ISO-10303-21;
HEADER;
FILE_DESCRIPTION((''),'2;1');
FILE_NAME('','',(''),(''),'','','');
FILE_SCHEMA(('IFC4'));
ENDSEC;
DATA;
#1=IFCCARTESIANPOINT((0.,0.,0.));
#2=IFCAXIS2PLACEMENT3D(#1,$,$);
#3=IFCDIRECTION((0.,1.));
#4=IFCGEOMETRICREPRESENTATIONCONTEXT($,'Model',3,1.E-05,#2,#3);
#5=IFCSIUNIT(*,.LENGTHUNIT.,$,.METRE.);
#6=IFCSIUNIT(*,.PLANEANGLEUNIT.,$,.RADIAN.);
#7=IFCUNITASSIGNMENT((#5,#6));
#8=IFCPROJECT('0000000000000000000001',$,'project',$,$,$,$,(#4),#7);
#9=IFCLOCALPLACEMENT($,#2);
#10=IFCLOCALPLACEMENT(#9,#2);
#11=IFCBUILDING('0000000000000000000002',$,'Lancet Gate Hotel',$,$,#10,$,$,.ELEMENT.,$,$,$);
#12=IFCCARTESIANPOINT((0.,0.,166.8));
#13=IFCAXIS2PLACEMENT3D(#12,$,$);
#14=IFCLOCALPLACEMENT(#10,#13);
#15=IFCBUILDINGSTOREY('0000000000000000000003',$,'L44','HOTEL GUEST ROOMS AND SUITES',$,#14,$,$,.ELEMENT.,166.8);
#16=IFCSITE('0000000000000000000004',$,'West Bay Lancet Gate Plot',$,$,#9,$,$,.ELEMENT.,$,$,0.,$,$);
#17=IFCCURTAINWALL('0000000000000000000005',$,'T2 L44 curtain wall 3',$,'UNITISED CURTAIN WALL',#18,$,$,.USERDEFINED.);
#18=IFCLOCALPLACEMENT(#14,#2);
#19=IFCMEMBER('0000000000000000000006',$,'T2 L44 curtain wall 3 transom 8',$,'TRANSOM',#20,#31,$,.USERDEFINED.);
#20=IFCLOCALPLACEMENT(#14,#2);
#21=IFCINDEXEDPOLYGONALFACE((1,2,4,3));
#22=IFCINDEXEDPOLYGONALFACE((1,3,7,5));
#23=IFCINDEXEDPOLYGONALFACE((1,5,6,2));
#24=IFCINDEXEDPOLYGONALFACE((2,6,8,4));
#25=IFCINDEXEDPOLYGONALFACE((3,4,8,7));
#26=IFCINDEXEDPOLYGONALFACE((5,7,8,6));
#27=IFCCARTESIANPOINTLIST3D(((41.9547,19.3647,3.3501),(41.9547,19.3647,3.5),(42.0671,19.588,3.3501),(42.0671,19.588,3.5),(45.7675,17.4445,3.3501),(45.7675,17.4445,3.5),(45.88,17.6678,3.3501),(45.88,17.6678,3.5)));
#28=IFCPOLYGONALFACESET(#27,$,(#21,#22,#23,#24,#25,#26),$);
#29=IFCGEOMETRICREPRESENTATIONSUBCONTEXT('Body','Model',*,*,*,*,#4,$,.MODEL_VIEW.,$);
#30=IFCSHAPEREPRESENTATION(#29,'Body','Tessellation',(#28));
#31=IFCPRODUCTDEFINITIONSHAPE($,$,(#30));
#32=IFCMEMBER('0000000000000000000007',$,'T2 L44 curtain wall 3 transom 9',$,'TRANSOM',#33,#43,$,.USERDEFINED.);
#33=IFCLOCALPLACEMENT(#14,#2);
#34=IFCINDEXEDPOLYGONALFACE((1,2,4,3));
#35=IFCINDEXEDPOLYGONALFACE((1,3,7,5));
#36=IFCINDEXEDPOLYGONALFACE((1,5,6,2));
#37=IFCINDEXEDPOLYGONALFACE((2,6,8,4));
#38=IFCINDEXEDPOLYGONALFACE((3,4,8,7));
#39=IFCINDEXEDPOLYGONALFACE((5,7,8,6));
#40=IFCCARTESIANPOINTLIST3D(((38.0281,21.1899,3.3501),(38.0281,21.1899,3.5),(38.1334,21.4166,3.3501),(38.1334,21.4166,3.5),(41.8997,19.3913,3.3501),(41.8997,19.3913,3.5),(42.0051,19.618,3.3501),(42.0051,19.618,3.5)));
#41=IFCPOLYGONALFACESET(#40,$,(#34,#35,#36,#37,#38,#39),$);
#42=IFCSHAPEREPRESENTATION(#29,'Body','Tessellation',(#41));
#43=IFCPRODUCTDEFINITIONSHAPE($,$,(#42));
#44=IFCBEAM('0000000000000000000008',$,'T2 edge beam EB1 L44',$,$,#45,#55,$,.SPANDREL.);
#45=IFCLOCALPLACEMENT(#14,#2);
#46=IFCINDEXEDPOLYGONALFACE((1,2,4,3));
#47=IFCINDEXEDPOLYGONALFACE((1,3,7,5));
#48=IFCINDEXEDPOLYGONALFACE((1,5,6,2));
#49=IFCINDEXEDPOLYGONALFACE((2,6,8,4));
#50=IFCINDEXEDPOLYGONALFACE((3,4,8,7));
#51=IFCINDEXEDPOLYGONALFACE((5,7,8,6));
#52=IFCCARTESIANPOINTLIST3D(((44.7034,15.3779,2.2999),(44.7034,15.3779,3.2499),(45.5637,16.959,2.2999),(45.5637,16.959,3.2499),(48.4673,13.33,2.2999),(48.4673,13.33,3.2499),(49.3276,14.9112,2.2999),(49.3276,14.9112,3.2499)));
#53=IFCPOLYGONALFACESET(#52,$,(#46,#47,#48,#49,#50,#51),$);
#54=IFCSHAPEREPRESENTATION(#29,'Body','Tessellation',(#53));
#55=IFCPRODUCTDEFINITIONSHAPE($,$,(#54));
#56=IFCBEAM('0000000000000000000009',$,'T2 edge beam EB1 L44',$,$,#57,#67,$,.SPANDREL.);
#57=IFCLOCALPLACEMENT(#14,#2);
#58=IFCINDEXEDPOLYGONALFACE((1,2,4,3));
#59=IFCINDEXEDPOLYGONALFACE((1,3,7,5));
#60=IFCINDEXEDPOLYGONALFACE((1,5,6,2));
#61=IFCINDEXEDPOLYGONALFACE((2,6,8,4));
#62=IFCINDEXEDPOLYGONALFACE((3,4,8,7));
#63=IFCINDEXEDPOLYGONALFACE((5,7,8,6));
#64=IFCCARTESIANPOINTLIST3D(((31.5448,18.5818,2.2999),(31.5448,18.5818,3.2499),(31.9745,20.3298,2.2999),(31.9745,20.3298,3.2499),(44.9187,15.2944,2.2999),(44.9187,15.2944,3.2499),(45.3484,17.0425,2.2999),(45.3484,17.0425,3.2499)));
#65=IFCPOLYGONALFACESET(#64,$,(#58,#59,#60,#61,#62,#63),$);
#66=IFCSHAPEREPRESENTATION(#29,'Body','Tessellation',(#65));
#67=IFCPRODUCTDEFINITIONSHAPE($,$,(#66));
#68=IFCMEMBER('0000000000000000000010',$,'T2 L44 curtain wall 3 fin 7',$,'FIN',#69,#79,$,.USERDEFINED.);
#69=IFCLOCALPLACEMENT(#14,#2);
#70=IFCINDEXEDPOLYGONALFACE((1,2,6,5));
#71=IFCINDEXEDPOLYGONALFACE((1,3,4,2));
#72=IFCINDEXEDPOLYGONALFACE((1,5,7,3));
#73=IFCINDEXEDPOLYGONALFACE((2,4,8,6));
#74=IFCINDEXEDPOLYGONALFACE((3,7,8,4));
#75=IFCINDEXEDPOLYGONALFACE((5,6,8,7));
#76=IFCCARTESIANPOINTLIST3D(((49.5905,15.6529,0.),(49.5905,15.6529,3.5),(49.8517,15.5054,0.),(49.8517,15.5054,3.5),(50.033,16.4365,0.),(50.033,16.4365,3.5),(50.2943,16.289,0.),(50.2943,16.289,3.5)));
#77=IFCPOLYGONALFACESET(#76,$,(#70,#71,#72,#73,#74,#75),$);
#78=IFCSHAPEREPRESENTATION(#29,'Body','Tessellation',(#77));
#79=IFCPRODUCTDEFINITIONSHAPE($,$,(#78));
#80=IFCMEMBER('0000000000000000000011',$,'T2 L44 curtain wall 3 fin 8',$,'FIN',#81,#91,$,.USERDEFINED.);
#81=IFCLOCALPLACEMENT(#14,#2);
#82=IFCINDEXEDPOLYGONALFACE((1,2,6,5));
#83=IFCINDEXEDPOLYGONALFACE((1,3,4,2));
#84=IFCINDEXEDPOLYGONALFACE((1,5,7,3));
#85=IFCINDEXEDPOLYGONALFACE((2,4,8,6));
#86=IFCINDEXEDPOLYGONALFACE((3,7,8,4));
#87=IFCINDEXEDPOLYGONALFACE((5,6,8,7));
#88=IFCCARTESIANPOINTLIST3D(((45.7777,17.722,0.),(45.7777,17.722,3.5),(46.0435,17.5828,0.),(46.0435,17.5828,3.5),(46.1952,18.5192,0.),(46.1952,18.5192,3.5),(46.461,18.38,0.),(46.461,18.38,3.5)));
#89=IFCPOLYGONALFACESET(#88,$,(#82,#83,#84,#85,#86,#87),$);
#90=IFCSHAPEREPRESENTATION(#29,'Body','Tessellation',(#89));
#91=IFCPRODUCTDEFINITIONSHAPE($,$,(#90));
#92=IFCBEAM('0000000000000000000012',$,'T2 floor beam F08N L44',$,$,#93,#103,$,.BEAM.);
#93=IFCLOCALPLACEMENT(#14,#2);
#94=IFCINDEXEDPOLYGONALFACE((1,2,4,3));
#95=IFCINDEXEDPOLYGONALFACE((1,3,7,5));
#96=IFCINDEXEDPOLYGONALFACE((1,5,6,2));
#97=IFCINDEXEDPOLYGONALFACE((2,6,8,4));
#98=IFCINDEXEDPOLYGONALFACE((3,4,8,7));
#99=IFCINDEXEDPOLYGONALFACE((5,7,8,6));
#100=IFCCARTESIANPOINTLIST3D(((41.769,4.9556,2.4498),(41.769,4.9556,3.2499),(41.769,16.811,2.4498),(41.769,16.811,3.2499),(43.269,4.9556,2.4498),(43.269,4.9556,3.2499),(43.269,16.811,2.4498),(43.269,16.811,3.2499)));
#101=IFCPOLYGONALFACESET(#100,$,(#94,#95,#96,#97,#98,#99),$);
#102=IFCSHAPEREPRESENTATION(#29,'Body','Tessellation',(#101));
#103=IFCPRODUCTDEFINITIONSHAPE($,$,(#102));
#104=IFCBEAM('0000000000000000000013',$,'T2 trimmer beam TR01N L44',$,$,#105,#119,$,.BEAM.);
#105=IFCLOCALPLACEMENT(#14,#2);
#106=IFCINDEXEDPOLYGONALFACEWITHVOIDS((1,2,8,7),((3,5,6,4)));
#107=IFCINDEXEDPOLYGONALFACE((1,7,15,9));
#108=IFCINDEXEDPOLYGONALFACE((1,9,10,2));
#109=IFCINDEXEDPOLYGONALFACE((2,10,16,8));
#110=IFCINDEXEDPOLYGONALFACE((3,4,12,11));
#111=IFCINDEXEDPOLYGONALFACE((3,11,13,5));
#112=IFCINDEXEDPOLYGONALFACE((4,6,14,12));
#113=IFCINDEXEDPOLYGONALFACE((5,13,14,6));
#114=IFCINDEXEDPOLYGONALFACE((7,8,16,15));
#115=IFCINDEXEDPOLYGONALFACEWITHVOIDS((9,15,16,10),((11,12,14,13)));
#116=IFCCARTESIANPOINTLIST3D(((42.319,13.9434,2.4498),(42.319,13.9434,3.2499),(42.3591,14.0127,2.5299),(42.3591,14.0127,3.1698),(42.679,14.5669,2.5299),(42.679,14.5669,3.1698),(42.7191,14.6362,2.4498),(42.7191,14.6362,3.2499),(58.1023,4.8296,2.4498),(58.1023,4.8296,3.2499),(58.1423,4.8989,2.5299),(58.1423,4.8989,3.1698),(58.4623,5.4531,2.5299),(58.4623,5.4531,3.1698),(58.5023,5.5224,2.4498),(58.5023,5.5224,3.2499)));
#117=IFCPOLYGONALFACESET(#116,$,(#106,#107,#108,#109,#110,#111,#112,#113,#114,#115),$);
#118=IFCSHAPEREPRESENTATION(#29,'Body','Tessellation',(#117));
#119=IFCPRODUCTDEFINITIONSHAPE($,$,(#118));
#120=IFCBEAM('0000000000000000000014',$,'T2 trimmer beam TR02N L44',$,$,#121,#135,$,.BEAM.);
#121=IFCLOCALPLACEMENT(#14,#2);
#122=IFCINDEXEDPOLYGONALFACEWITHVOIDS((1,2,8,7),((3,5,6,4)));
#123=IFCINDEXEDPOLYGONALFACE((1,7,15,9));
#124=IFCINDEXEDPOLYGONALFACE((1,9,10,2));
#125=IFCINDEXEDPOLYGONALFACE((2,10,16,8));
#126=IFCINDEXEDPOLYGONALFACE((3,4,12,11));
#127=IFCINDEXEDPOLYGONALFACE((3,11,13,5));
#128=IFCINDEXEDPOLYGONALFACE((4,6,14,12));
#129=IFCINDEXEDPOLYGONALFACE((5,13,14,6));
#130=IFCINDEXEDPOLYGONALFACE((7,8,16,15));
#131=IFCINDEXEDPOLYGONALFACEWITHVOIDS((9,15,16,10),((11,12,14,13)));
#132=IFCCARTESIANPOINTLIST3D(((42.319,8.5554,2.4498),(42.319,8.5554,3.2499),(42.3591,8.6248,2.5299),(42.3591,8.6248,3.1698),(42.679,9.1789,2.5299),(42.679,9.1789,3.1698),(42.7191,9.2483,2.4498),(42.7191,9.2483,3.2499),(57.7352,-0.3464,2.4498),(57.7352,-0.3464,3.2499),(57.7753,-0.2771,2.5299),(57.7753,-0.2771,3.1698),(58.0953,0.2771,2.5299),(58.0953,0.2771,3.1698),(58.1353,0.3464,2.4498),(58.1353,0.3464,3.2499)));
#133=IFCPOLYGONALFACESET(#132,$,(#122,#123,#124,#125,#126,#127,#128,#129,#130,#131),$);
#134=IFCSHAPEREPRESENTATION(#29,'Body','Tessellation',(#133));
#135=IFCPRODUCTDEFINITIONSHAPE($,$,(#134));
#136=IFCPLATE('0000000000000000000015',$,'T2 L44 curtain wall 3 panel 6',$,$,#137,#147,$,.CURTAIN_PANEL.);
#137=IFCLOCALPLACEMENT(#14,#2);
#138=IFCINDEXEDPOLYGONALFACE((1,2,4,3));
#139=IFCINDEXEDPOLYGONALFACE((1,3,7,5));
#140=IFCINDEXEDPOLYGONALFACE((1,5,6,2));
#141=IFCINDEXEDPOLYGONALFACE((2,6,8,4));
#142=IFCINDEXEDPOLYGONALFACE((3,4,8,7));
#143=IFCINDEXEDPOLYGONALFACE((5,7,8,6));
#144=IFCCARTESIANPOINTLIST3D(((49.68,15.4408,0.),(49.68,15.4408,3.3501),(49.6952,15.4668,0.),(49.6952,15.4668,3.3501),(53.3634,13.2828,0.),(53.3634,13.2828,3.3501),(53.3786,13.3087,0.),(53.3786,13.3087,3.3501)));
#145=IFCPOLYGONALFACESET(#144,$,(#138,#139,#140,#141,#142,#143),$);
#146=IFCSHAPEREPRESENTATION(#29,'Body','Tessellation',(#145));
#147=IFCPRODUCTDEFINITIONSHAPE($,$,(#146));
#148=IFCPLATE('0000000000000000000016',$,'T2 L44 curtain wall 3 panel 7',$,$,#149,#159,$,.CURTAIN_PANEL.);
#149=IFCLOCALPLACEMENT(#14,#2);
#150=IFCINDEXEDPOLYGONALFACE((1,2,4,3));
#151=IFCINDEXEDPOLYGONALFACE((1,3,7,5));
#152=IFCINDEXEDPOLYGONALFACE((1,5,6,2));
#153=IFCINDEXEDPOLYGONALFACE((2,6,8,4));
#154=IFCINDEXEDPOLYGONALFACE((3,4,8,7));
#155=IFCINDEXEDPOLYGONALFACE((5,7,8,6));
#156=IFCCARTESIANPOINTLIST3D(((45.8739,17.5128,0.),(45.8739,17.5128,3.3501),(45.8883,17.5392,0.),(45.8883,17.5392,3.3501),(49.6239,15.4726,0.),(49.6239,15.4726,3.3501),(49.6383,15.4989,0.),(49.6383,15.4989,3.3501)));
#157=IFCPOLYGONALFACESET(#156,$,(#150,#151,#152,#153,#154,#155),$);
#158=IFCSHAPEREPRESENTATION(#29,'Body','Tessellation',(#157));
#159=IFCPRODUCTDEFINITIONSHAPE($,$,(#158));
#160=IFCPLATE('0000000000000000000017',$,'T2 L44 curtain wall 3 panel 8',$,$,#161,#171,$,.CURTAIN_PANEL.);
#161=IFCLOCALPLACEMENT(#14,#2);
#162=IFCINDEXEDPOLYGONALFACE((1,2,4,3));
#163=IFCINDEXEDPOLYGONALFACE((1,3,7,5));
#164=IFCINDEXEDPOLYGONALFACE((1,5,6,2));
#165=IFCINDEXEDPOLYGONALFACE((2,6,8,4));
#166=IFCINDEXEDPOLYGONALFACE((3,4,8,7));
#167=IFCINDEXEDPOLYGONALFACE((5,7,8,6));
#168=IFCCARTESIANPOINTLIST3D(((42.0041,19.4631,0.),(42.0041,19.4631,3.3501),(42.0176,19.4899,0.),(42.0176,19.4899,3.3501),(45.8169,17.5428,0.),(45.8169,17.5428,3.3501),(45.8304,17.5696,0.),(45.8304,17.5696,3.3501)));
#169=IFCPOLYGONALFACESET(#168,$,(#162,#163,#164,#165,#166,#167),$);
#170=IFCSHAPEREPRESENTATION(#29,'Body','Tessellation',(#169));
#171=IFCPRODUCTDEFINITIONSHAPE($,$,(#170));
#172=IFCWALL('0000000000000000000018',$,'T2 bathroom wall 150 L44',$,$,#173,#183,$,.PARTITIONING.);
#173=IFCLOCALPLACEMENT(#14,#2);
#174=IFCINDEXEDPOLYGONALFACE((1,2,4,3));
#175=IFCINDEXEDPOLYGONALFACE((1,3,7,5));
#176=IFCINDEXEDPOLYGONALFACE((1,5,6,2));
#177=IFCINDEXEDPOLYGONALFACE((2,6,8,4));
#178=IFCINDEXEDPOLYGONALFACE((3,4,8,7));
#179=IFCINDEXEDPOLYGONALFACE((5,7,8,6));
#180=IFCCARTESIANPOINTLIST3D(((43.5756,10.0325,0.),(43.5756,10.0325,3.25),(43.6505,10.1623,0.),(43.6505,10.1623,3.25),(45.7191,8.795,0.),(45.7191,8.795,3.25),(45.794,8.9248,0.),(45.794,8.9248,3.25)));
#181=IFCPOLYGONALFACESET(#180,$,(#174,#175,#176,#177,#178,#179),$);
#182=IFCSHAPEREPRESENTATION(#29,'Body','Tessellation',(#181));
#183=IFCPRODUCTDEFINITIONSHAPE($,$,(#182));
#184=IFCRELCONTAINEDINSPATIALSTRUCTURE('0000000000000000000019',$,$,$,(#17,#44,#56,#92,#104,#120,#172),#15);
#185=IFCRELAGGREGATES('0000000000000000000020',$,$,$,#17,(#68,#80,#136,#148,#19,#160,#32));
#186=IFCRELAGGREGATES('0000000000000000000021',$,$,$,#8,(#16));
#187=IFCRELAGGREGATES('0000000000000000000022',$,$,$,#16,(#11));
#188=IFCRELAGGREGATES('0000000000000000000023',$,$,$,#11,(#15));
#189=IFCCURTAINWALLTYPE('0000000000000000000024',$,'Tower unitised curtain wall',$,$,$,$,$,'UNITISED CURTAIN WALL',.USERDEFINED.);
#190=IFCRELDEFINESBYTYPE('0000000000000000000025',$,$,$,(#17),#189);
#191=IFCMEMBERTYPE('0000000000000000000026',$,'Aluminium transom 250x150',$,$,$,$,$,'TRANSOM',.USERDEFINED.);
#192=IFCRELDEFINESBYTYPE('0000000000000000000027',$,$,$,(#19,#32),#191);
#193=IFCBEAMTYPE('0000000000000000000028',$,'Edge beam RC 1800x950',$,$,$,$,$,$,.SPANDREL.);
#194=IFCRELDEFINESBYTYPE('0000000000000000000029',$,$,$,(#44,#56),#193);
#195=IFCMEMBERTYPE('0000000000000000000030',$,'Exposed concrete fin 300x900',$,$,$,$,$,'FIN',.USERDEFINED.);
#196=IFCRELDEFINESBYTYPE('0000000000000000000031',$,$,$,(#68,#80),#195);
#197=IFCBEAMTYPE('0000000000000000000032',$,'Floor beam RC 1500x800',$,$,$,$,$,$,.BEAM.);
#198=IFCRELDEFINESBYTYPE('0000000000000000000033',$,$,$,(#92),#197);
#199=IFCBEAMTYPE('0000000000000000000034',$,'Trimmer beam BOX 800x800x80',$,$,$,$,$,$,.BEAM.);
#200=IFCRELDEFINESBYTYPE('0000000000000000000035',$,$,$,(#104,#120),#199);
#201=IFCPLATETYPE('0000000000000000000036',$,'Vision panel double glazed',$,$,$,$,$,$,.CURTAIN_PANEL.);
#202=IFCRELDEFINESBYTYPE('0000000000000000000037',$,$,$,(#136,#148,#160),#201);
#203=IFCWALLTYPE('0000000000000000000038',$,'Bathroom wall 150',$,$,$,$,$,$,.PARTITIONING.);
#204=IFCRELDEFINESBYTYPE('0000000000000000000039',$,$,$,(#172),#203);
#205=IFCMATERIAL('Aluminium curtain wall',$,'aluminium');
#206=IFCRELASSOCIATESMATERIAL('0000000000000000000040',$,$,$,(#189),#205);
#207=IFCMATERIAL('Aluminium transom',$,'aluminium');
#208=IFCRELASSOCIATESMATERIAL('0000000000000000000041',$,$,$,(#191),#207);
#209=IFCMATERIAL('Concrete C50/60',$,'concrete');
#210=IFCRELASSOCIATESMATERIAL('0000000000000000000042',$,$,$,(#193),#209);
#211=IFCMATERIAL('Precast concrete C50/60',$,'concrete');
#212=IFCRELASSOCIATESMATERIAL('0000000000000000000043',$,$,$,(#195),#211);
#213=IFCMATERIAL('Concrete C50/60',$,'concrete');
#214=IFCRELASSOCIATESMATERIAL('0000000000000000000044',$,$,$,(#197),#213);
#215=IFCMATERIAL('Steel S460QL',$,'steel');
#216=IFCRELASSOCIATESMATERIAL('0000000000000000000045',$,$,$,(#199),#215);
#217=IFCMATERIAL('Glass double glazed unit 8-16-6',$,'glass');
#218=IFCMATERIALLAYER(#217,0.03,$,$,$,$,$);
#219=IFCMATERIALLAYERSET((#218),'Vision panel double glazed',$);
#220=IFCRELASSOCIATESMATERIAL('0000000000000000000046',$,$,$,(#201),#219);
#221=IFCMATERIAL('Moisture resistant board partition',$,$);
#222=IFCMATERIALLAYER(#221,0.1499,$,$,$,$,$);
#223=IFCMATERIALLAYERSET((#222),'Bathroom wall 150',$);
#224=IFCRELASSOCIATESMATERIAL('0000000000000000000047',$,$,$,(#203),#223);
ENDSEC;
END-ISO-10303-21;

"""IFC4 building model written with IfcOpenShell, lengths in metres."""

from ifc_helpers import new_model, si_unit, direction, frame, frame_2d, origin, origin_2d, place, context, subcontext, project, spatial, rectangle, hollow_rectangle, extrude, material, layer, layer_set, material_profile, profile_set, type_object, element, aggregate, save


model = new_model("IFC4")

# Units and contexts
model_context = context("Model", 3, precision=1e-05, world=origin(), true_north=direction((0.0, 1.0)))
body_context = subcontext(model_context, "Body", "Model", "MODEL_VIEW")
ifc_project = project(units=[si_unit("LENGTHUNIT", "METRE"), si_unit("PLANEANGLEUNIT", "RADIAN")], contexts=[model_context])

# Site, building, storey
site_placement = place(None, origin())
site = spatial("IfcSite", under=ifc_project, at=site_placement, Name="West Bay Lancet Gate Plot", CompositionType="ELEMENT", RefElevation=0.0)
building_placement = place(site_placement, origin())
building = spatial("IfcBuilding", under=site, at=building_placement, Name="Lancet Gate Hotel", CompositionType="ELEMENT")
storey_placement = place(building_placement, frame((0.0, 0.0, 166.8)))
storey = spatial("IfcBuildingStorey", under=building, at=storey_placement, Name="L44", Description="HOTEL GUEST ROOMS AND SUITES", CompositionType="ELEMENT", Elevation=166.8)

# Curtain wall, members
ifc_material_1 = material(Name="Aluminium curtain wall", Category="aluminium")
curtain_wall_type = type_object("IfcCurtainWallType", Name="Tower unitised curtain wall", ElementType="UNITISED CURTAIN WALL", PredefinedType="USERDEFINED", material=ifc_material_1)
curtain_wall_placement = place(storey_placement, origin())
curtain_wall = element("IfcCurtainWall", 1, at=curtain_wall_placement, inside=storey, type_object=curtain_wall_type, Name="T2 L44 curtain wall 3", ObjectType="UNITISED CURTAIN WALL", PredefinedType="USERDEFINED")
ifc_material_2 = material(Name="Aluminium transom", Category="aluminium")
ifc_material_profile_1 = material_profile(ifc_material_2, rectangle(XDim=0.25, YDim=0.1499, at=origin_2d()), Name="TRANSOM 250x150")
ifc_profile_set_1 = profile_set([ifc_material_profile_1], Name="Aluminium transom")
member_type_1 = type_object("IfcMemberType", Name="Aluminium transom 250x150", ElementType="TRANSOM", PredefinedType="USERDEFINED", material=ifc_profile_set_1)
member_1_placement = place(storey_placement, frame((45.8237, 17.5562, 3.425), z_axis=(-0.893131, 0.449797, 0.0), x_axis=(-0.449797, -0.893131, 0.0)))
member_1 = element("IfcMember", 2, at=member_1_placement, type_object=member_type_1, Name="T2 L44 curtain wall 3 transom 8", ObjectType="TRANSOM", PredefinedType="USERDEFINED", context=body_context, shape_type="SweptSolid", body=[
    extrude(rectangle(XDim=0.25, YDim=0.1499, at=origin_2d()), origin(), (0.0, 0.0, 1.0), 4.269),
])
member_2_placement = place(storey_placement, frame((41.9524, 19.5046, 3.425), z_axis=(-0.906914, 0.421316, 0.0), x_axis=(-0.421316, -0.906914, 0.0)))
member_2 = element("IfcMember", 3, at=member_2_placement, type_object=member_type_1, Name="T2 L44 curtain wall 3 transom 9", ObjectType="TRANSOM", PredefinedType="USERDEFINED", context=body_context, shape_type="SweptSolid", body=[
    extrude(rectangle(XDim=0.25, YDim=0.1499, at=origin_2d()), origin(), (0.0, 0.0, 1.0), 4.269),
])

# Beams
ifc_material_3 = material(Name="Concrete C50/60", Category="concrete")
ifc_material_profile_2 = material_profile(ifc_material_3, rectangle(XDim=1.8, YDim=0.95, at=origin_2d()), Name="RC 1800x950")
ifc_profile_set_2 = profile_set([ifc_material_profile_2], Name="Concrete C50/60")
beam_type_1 = type_object("IfcBeamType", Name="Edge beam RC 1800x950", PredefinedType="SPANDREL", material=ifc_profile_set_2)
beam_1_placement = place(storey_placement, frame((48.8975, 14.1206, 2.7749), z_axis=(-0.878405, 0.477918, 0.0), x_axis=(-0.477918, -0.878405, 0.0)))
element("IfcBeam", 4, at=beam_1_placement, inside=storey, type_object=beam_type_1, Name="T2 edge beam EB1 L44", PredefinedType="SPANDREL", context=body_context, shape_type="SweptSolid", body=[
    extrude(rectangle(XDim=1.8, YDim=0.95, at=origin_2d()), origin(), (0.0, 0.0, 1.0), 4.2849),
])
beam_2_placement = place(storey_placement, frame((45.1335, 16.1685, 2.7749), z_axis=(-0.971093, 0.2387, 0.0), x_axis=(-0.2387, -0.971093, 0.0)))
element("IfcBeam", 5, at=beam_2_placement, inside=storey, type_object=beam_type_1, Name="T2 edge beam EB1 L44", PredefinedType="SPANDREL", context=body_context, shape_type="SweptSolid", body=[
    extrude(rectangle(XDim=1.8, YDim=0.95, at=origin_2d()), origin(), (0.0, 0.0, 1.0), 13.772),
])

# Members
ifc_material_4 = material(Name="Precast concrete C50/60", Category="concrete")
ifc_material_profile_3 = material_profile(ifc_material_4, rectangle(XDim=0.3, YDim=0.8999, at=origin_2d()), Name="FIN 300x900")
ifc_profile_set_3 = profile_set([ifc_material_profile_3], Name="Precast concrete C50/60")
member_type_2 = type_object("IfcMemberType", Name="Exposed concrete fin 300x900", ElementType="FIN", PredefinedType="USERDEFINED", material=ifc_profile_set_3)
member_3_placement = place(storey_placement, frame((49.9424, 15.9709, 0.0), z_axis=(0.0, 0.0, 1.0), x_axis=(-0.870722, 0.491776, 0.0)))
member_3 = element("IfcMember", 6, at=member_3_placement, type_object=member_type_2, Name="T2 L44 curtain wall 3 fin 7", ObjectType="FIN", PredefinedType="USERDEFINED", context=body_context, shape_type="SweptSolid", body=[
    extrude(rectangle(XDim=0.3, YDim=0.8999, at=origin_2d()), origin(), (0.0, 0.0, 1.0), 3.5),
])
member_4_placement = place(storey_placement, frame((46.1194, 18.051, 0.0), z_axis=(0.0, 0.0, 1.0), x_axis=(-0.885877, 0.46392, 0.0)))
member_4 = element("IfcMember", 7, at=member_4_placement, type_object=member_type_2, Name="T2 L44 curtain wall 3 fin 8", ObjectType="FIN", PredefinedType="USERDEFINED", context=body_context, shape_type="SweptSolid", body=[
    extrude(rectangle(XDim=0.3, YDim=0.8999, at=origin_2d()), origin(), (0.0, 0.0, 1.0), 3.5),
])

# Beams
ifc_material_5 = material(Name="Concrete C50/60", Category="concrete")
ifc_material_profile_4 = material_profile(ifc_material_5, rectangle(XDim=1.5, YDim=0.8, at=origin_2d()), Name="RC 1500x800")
ifc_profile_set_4 = profile_set([ifc_material_profile_4], Name="Concrete C50/60")
beam_type_2 = type_object("IfcBeamType", Name="Floor beam RC 1500x800", PredefinedType="BEAM", material=ifc_profile_set_4)
beam_3_placement = place(storey_placement, frame((42.519, 4.9556, 2.8499), z_axis=(0.0, 1.0, 0.0), x_axis=(-1.0, 0.0, 0.0)))
element("IfcBeam", 8, at=beam_3_placement, inside=storey, type_object=beam_type_2, Name="T2 floor beam F08N L44", PredefinedType="BEAM", context=body_context, shape_type="SweptSolid", body=[
    extrude(rectangle(XDim=1.5, YDim=0.8, at=origin_2d()), origin(), (0.0, 0.0, 1.0), 11.8555),
])
ifc_material_6 = material(Name="Steel S460QL", Category="steel")
ifc_material_profile_5 = material_profile(ifc_material_6, hollow_rectangle(XDim=0.8, YDim=0.8, WallThickness=0.0801, at=origin_2d()), Name="BOX 800x800x80")
ifc_profile_set_5 = profile_set([ifc_material_profile_5], Name="Steel S460QL")
beam_type_3 = type_object("IfcBeamType", Name="Trimmer beam BOX 800x800x80", PredefinedType="BEAM", material=ifc_profile_set_5)
beam_4_placement = place(storey_placement, frame((42.519, 14.2898, 2.8499), z_axis=(0.865994, -0.500055, 0.0), x_axis=(0.500055, 0.865994, 0.0)))
element("IfcBeam", 9, at=beam_4_placement, inside=storey, type_object=beam_type_3, Name="T2 trimmer beam TR01N L44", PredefinedType="BEAM", context=body_context, shape_type="SweptSolid", body=[
    extrude(hollow_rectangle(XDim=0.8, YDim=0.8, WallThickness=0.0801, at=origin_2d()), origin(), (0.0, 0.0, 1.0), 18.2256),
])
beam_5_placement = place(storey_placement, frame((42.519, 8.9019, 2.8499), z_axis=(0.865994, -0.500054, 0.0), x_axis=(0.500054, 0.865994, 0.0)))
element("IfcBeam", 10, at=beam_5_placement, inside=storey, type_object=beam_type_3, Name="T2 trimmer beam TR02N L44", PredefinedType="BEAM", context=body_context, shape_type="SweptSolid", body=[
    extrude(hollow_rectangle(XDim=0.8, YDim=0.8, WallThickness=0.0801, at=origin_2d()), origin(), (0.0, 0.0, 1.0), 17.8018),
])

# Plates
ifc_material_7 = material(Name="Glass double glazed unit 8-16-6", Category="glass")
ifc_layer_1 = layer(ifc_material_7, 0.03)
ifc_layer_set_1 = layer_set([ifc_layer_1], Name="Vision panel double glazed")
plate_type = type_object("IfcPlateType", Name="Vision panel double glazed", PredefinedType="CURTAIN_PANEL", material=ifc_layer_set_1)
plate_1_placement = place(storey_placement, frame((51.5293, 14.3748, 0.0), z_axis=(0.0, 0.0, 1.0), x_axis=(-0.862815, 0.50552, 0.0)))
plate_1 = element("IfcPlate", 11, at=plate_1_placement, type_object=plate_type, Name="T2 L44 curtain wall 3 panel 6", PredefinedType="CURTAIN_PANEL", context=body_context, shape_type="SweptSolid", body=[
    extrude(rectangle(XDim=4.269, YDim=0.03, at=origin_2d()), origin(), (0.0, 0.0, 1.0), 3.3501),
])
plate_2_placement = place(storey_placement, frame((47.7561, 16.5059, 0.0), z_axis=(0.0, 0.0, 1.0), x_axis=(-0.87841, 0.477908, 0.0)))
plate_2 = element("IfcPlate", 12, at=plate_2_placement, type_object=plate_type, Name="T2 L44 curtain wall 3 panel 7", PredefinedType="CURTAIN_PANEL", context=body_context, shape_type="SweptSolid", body=[
    extrude(rectangle(XDim=4.269, YDim=0.03, at=origin_2d()), origin(), (0.0, 0.0, 1.0), 3.3501),
])
plate_3_placement = place(storey_placement, frame((43.9172, 18.5164, 0.0), z_axis=(0.0, 0.0, 1.0), x_axis=(-0.893121, 0.449816, 0.0)))
plate_3 = element("IfcPlate", 13, at=plate_3_placement, type_object=plate_type, Name="T2 L44 curtain wall 3 panel 8", PredefinedType="CURTAIN_PANEL", context=body_context, shape_type="SweptSolid", body=[
    extrude(rectangle(XDim=4.269, YDim=0.03, at=origin_2d()), origin(), (0.0, 0.0, 1.0), 3.3501),
])
aggregate(curtain_wall, [member_3, member_4, plate_1, plate_2, member_1, plate_3, member_2])

# Wall
ifc_material_8 = material(Name="Moisture resistant board partition")
ifc_layer_2 = layer(ifc_material_8, 0.1499)
ifc_layer_set_2 = layer_set([ifc_layer_2], Name="Bathroom wall 150")
wall_type_1 = type_object("IfcWallType", Name="Bathroom wall 150", PredefinedType="PARTITIONING", material=ifc_layer_set_2)
wall_1_placement = place(storey_placement, frame((43.613, 10.0974, 0.0), z_axis=(0.0, 0.0, 1.0), x_axis=(0.866031, -0.49999, 0.0)))
element("IfcWall", 14, at=wall_1_placement, inside=storey, type_object=wall_type_1, Name="T2 bathroom wall 150 L44", PredefinedType="PARTITIONING", context=body_context, shape_type="SweptSolid", body=[
    extrude(rectangle(XDim=2.4751, YDim=0.1499, at=frame_2d((1.2375, 0.0))), origin(), (0.0, 0.0, 1.0), 3.25),
])

save(model, "model.ifc")
